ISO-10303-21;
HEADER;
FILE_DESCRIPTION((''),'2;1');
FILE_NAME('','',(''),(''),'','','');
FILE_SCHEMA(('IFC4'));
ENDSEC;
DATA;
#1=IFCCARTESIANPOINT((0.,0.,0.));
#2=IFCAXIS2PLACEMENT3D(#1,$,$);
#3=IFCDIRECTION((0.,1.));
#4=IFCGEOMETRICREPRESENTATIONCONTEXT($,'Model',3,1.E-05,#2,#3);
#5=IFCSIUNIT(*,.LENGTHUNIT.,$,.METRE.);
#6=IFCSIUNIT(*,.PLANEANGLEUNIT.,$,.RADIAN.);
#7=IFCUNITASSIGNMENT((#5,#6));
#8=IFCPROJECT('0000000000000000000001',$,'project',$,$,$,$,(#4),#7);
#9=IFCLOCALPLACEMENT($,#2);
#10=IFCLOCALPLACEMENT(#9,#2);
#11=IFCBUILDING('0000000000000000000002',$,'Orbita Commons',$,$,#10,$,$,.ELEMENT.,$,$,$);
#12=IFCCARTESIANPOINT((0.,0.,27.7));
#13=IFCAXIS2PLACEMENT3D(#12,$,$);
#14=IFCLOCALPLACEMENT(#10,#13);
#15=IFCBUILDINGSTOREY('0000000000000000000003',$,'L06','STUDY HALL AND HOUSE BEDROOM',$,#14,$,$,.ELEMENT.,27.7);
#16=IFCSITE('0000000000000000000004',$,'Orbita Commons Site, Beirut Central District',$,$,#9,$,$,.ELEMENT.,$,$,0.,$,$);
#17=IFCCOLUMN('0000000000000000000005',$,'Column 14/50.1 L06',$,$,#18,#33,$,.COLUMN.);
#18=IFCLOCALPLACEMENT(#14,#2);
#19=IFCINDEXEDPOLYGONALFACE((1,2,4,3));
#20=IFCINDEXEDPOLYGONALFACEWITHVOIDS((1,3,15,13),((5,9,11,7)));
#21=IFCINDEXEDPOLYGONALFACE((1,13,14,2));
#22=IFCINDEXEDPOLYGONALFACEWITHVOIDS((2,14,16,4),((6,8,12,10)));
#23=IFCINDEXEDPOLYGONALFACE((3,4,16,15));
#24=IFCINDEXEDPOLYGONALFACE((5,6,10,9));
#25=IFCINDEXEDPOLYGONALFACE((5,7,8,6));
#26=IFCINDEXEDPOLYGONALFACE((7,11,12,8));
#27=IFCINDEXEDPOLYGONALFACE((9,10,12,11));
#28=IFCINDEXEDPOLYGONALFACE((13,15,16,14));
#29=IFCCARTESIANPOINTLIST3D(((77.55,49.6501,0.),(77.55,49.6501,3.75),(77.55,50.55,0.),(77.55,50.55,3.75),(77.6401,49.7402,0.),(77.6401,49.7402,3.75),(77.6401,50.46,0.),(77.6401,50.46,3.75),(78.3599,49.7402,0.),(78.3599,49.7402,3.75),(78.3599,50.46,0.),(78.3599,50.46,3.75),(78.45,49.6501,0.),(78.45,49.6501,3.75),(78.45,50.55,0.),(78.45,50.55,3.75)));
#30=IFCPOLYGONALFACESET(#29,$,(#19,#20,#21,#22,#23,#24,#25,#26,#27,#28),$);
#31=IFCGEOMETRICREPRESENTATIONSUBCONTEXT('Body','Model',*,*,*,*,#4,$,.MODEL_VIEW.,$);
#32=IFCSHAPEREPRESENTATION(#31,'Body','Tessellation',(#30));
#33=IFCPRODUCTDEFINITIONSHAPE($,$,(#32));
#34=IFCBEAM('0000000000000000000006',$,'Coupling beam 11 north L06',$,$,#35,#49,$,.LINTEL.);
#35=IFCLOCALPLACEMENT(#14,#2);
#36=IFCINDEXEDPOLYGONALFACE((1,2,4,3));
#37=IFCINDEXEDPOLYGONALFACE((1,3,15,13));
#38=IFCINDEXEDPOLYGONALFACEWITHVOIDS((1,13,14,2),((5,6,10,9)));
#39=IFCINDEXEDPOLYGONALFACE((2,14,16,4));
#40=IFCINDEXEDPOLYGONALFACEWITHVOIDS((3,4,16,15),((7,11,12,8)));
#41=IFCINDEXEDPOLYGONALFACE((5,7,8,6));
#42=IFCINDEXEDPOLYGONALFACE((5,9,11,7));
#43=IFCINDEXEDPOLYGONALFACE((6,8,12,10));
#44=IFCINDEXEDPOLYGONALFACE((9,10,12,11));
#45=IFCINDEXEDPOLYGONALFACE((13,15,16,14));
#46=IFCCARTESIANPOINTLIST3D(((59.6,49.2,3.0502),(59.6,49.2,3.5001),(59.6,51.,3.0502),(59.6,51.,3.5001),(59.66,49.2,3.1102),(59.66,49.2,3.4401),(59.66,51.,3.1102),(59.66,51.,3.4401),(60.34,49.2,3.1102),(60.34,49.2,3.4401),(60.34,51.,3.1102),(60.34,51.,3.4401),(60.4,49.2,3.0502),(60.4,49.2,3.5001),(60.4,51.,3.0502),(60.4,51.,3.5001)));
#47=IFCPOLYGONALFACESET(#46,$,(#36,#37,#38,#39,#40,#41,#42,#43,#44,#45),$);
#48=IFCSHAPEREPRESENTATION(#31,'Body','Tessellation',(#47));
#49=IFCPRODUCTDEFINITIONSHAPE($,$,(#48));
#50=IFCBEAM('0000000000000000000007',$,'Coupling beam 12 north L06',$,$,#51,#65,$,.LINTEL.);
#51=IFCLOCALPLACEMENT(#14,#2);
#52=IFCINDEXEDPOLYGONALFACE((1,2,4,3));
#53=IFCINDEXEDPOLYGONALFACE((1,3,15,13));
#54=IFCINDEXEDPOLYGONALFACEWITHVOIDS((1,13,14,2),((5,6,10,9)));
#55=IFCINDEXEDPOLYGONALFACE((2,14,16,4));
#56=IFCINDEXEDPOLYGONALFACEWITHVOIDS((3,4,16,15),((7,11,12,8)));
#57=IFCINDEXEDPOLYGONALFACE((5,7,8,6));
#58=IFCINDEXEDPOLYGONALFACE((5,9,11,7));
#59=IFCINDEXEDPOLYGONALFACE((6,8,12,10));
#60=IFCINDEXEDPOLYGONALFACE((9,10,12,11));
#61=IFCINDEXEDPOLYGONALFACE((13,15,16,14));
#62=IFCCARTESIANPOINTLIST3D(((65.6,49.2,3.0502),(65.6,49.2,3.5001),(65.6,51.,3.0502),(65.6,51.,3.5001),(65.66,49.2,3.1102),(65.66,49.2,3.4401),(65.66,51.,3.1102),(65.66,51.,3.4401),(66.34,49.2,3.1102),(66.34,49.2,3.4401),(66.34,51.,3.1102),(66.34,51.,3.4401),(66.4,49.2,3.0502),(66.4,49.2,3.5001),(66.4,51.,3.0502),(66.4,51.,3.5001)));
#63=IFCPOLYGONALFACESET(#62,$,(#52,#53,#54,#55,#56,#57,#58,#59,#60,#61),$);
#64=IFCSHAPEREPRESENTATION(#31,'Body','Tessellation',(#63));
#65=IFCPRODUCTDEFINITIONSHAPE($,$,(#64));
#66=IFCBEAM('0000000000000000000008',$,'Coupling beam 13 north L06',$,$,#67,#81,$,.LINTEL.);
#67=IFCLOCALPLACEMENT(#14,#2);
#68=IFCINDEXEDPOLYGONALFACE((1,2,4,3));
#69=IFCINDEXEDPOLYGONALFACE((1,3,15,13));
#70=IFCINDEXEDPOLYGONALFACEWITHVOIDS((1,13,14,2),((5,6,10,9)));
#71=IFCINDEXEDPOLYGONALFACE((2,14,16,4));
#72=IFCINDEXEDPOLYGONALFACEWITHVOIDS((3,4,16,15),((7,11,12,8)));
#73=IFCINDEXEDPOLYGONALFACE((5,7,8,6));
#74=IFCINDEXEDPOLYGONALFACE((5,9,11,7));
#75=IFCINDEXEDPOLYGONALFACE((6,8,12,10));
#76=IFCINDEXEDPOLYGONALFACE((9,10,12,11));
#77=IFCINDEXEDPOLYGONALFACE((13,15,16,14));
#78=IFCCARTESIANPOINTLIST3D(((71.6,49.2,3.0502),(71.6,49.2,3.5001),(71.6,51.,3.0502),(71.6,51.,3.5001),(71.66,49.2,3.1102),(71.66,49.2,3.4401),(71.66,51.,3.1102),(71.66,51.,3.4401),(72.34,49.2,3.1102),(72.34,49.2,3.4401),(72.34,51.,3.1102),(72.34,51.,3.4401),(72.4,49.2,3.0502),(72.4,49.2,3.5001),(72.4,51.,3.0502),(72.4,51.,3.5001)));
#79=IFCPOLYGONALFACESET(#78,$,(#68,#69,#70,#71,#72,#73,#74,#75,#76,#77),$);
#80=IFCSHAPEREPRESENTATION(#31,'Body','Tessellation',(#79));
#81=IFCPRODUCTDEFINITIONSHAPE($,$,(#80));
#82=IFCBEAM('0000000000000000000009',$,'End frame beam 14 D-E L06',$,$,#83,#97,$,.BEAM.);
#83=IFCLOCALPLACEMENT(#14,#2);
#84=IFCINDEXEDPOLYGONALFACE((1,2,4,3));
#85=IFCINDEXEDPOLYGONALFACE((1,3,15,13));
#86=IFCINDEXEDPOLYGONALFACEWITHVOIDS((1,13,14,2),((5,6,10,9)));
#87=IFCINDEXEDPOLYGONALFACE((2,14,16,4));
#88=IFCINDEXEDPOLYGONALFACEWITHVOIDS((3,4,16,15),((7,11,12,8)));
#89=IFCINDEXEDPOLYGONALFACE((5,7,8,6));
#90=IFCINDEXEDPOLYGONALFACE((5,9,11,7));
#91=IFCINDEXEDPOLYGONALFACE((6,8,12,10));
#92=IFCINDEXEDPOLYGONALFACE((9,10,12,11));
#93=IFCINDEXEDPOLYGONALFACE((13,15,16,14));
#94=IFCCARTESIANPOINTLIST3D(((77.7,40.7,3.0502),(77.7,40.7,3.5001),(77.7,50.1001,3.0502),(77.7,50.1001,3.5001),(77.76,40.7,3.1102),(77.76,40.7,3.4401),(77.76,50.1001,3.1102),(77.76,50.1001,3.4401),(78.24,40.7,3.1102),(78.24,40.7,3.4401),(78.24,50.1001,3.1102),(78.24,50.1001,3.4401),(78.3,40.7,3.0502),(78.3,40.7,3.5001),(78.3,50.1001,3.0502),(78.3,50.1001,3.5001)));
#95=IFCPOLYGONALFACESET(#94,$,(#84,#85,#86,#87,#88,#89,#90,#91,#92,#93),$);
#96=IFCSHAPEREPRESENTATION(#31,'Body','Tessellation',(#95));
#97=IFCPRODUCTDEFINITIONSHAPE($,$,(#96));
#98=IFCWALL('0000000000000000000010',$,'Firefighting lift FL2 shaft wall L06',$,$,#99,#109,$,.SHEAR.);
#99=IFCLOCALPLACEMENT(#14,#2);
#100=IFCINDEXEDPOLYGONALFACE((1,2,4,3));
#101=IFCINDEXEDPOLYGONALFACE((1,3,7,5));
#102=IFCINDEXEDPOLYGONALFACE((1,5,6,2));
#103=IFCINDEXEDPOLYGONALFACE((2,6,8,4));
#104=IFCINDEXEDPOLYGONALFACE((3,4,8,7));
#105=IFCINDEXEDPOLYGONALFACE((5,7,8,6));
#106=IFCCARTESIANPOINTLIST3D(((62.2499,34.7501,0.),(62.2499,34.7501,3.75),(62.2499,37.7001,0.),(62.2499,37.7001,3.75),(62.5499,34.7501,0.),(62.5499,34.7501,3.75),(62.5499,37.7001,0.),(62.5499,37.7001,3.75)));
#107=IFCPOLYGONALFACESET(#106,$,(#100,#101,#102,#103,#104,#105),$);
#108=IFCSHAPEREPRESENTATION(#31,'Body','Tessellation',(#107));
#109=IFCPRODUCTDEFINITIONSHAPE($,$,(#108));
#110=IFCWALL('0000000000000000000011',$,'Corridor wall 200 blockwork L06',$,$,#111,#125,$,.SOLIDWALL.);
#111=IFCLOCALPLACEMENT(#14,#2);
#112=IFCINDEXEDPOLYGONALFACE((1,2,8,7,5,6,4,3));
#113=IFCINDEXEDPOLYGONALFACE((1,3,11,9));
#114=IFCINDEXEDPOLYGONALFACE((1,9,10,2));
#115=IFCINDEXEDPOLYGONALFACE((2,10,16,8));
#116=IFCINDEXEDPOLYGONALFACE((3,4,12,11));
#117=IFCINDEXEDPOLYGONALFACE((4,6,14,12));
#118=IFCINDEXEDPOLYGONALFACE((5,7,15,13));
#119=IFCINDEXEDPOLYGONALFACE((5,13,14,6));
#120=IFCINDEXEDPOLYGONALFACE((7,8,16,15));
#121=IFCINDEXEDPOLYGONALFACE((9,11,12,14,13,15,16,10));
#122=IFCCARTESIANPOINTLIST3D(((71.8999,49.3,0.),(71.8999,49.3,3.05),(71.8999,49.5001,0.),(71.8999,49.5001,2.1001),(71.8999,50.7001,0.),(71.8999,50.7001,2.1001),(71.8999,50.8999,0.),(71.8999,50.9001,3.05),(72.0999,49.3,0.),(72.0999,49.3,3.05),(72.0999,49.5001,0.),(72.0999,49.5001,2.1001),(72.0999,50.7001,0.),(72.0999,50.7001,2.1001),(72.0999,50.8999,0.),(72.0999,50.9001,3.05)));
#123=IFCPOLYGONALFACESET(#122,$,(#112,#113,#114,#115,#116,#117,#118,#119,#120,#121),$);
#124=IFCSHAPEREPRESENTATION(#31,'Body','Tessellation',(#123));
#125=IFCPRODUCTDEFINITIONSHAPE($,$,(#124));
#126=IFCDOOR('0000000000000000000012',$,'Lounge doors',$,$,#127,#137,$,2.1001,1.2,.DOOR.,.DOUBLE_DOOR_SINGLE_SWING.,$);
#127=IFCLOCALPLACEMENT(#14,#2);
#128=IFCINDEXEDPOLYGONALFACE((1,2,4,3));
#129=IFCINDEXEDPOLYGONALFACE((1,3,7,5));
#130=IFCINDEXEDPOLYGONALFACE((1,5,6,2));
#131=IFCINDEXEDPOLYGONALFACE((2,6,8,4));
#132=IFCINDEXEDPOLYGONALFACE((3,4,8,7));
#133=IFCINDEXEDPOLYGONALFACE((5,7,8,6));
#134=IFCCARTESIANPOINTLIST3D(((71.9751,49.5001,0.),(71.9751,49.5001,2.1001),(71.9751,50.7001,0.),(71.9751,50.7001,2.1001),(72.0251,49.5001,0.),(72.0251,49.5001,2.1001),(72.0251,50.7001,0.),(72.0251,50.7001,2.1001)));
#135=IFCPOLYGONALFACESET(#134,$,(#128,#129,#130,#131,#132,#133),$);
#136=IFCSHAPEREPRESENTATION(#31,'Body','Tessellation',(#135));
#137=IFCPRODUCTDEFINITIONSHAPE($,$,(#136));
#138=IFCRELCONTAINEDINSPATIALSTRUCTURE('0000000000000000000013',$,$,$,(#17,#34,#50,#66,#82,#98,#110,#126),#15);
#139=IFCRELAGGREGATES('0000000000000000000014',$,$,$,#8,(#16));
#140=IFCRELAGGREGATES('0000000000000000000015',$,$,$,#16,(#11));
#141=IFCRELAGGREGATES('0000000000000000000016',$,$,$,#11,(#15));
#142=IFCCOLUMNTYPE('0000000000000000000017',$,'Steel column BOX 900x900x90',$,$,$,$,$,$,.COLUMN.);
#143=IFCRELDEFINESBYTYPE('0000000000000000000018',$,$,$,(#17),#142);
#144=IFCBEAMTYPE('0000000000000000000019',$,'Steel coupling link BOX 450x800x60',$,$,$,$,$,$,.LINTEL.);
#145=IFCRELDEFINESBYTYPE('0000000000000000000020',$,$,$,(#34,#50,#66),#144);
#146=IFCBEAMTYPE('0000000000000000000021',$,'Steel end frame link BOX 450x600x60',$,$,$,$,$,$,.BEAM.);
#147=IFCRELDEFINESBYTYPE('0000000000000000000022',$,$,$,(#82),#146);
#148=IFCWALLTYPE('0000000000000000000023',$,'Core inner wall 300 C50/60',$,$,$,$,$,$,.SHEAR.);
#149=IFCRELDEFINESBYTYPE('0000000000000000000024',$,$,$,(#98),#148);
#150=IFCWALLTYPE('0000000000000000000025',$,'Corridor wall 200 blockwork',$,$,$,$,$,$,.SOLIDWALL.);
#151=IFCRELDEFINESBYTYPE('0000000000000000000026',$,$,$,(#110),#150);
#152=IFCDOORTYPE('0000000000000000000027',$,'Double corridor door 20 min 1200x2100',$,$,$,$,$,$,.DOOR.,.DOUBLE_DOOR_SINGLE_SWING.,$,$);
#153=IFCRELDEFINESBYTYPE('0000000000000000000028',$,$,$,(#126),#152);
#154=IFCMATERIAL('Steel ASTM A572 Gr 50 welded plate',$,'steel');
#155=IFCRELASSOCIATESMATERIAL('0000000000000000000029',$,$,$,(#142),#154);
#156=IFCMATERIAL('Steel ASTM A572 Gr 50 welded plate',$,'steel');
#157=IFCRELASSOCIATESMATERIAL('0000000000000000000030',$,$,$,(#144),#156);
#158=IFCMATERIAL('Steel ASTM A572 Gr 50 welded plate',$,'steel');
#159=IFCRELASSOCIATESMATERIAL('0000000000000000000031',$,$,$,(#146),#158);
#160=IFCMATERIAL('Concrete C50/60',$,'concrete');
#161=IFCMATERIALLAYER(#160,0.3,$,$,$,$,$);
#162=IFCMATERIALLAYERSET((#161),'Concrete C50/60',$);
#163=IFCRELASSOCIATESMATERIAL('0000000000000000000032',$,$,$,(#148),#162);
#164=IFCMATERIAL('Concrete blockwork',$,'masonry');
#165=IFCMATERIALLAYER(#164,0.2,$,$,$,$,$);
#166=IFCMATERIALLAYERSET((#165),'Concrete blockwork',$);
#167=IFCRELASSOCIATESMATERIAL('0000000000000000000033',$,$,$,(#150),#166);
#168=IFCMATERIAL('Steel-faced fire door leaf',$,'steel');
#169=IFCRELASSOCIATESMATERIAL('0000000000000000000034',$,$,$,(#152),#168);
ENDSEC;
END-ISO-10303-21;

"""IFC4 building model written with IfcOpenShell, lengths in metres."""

from ifc_helpers import new_model, si_unit, direction, frame, frame_2d, origin, origin_2d, place, context, subcontext, project, spatial, polyline, rectangle, hollow_rectangle, outline, extrude, material, layer, layer_set, material_profile, profile_set, type_object, element, fill, save


model = new_model("IFC4")

# Units and contexts
model_context = context("Model", 3, precision=1e-05, world=origin(), true_north=direction((0.0, 1.0)))
body_context = subcontext(model_context, "Body", "Model", "MODEL_VIEW")
ifc_project = project(units=[si_unit("LENGTHUNIT", "METRE"), si_unit("PLANEANGLEUNIT", "RADIAN")], contexts=[model_context])

# Site, building, storey
site_placement = place(None, origin())
site = spatial("IfcSite", under=ifc_project, at=site_placement, Name="Orbita Commons Site, Beirut Central District", CompositionType="ELEMENT", RefElevation=0.0)
building_placement = place(site_placement, origin())
building = spatial("IfcBuilding", under=site, at=building_placement, Name="Orbita Commons", CompositionType="ELEMENT")
storey_placement = place(building_placement, frame((0.0, 0.0, 27.7)))
storey = spatial("IfcBuildingStorey", under=building, at=storey_placement, Name="L06", Description="STUDY HALL AND HOUSE BEDROOM", CompositionType="ELEMENT", Elevation=27.7)

# Column
ifc_material_1 = material(Name="Steel ASTM A572 Gr 50 welded plate", Category="steel")
ifc_material_profile_1 = material_profile(ifc_material_1, hollow_rectangle(XDim=0.8999, YDim=0.8999, WallThickness=0.0901, at=origin_2d()), Name="BOX 900x900x90")
ifc_profile_set_1 = profile_set([ifc_material_profile_1], Name="Steel ASTM A572 Gr 50 welded plate")
column_type = type_object("IfcColumnType", Name="Steel column BOX 900x900x90", PredefinedType="COLUMN", material=ifc_profile_set_1)
column_placement = place(storey_placement, frame((78.0, 50.1001, 0.0), z_axis=(0.0, 0.0, 1.0), x_axis=(1.0, 0.0, 0.0)))
element("IfcColumn", 1, at=column_placement, inside=storey, type_object=column_type, Name="Column 14/50.1 L06", PredefinedType="COLUMN", context=body_context, shape_type="SweptSolid", body=[
    extrude(hollow_rectangle(XDim=0.8999, YDim=0.8999, WallThickness=0.0901, at=origin_2d()), origin(), (0.0, 0.0, 1.0), 3.75),
])

# Beams
ifc_material_2 = material(Name="Steel ASTM A572 Gr 50 welded plate", Category="steel")
ifc_material_profile_2 = material_profile(ifc_material_2, hollow_rectangle(XDim=0.8, YDim=0.45, WallThickness=0.0601, at=origin_2d()), Name="BOX 450x800x60")
ifc_profile_set_2 = profile_set([ifc_material_profile_2], Name="Steel ASTM A572 Gr 50 welded plate")
beam_type_1 = type_object("IfcBeamType", Name="Steel coupling link BOX 450x800x60", PredefinedType="LINTEL", material=ifc_profile_set_2)
for number, where, z_axis, x_axis, name in (
    (2, (60.0, 49.2, 3.2751), (0.0, 1.0, 0.0), (-1.0, 0.0, 0.0), "Coupling beam 11 north L06"),
    (3, (66.0, 49.2, 3.2751), (0.0, 1.0, 0.0), (-1.0, 0.0, 0.0), "Coupling beam 12 north L06"),
    (4, (72.0, 49.2, 3.2751), (0.0, 1.0, 0.0), (-1.0, 0.0, 0.0), "Coupling beam 13 north L06"),
):
    element("IfcBeam", number, at=place(storey_placement, frame(where, z_axis=z_axis, x_axis=x_axis)), inside=storey, type_object=beam_type_1, Name=name, PredefinedType="LINTEL", context=body_context, shape_type="SweptSolid", body=[
        extrude(hollow_rectangle(XDim=0.8, YDim=0.45, WallThickness=0.0601, at=origin_2d()), origin(), (0.0, 0.0, 1.0), 1.8),
    ])
ifc_material_3 = material(Name="Steel ASTM A572 Gr 50 welded plate", Category="steel")
ifc_material_profile_3 = material_profile(ifc_material_3, hollow_rectangle(XDim=0.6001, YDim=0.45, WallThickness=0.0601, at=origin_2d()), Name="BOX 450x600x60")
ifc_profile_set_3 = profile_set([ifc_material_profile_3], Name="Steel ASTM A572 Gr 50 welded plate")
beam_type_2 = type_object("IfcBeamType", Name="Steel end frame link BOX 450x600x60", PredefinedType="BEAM", material=ifc_profile_set_3)
beam_placement = place(storey_placement, frame((78.0, 40.7, 3.2751), z_axis=(0.0, 1.0, 0.0), x_axis=(-1.0, 0.0, 0.0)))
element("IfcBeam", 5, at=beam_placement, inside=storey, type_object=beam_type_2, Name="End frame beam 14 D-E L06", PredefinedType="BEAM", context=body_context, shape_type="SweptSolid", body=[
    extrude(hollow_rectangle(XDim=0.6001, YDim=0.45, WallThickness=0.0601, at=origin_2d()), origin(), (0.0, 0.0, 1.0), 9.4001),
])

# Wall
ifc_material_4 = material(Name="Concrete C50/60", Category="concrete")
ifc_layer_1 = layer(ifc_material_4, 0.3)
ifc_layer_set_1 = layer_set([ifc_layer_1], Name="Concrete C50/60")
wall_type_1 = type_object("IfcWallType", Name="Core inner wall 300 C50/60", PredefinedType="SHEAR", material=ifc_layer_set_1)
wall_1_placement = place(storey_placement, frame((62.3999, 34.75, 0.0), z_axis=(0.0, 0.0, 1.0), x_axis=(0.0, 1.0, 0.0)))
element("IfcWall", 6, at=wall_1_placement, inside=storey, type_object=wall_type_1, Name="Firefighting lift FL2 shaft wall L06", PredefinedType="SHEAR", context=body_context, shape_type="SweptSolid", body=[
    extrude(rectangle(XDim=2.95, YDim=0.3, at=frame_2d((1.4751, 0.0))), origin(), (0.0, 0.0, 1.0), 3.75),
])

# Wall, opening, door
ifc_material_5 = material(Name="Concrete blockwork", Category="masonry")
ifc_layer_2 = layer(ifc_material_5, 0.2)
ifc_layer_set_2 = layer_set([ifc_layer_2], Name="Concrete blockwork")
wall_type_2 = type_object("IfcWallType", Name="Corridor wall 200 blockwork", PredefinedType="SOLIDWALL", material=ifc_layer_set_2)
wall_2_placement = place(storey_placement, frame((72.0, 49.3, 0.0), z_axis=(0.0, 0.0, 1.0), x_axis=(0.0, 1.0, 0.0)))
wall_2 = element("IfcWall", 7, at=wall_2_placement, inside=storey, type_object=wall_type_2, Name="Corridor wall 200 blockwork L06", PredefinedType="SOLIDWALL", context=body_context, shape_type="SweptSolid", body=[
    extrude(outline(polyline([(0.0, 0.0), (1.5999, 0.0), (1.6001, 3.05), (0.0, 3.05), (0.0, 0.0)])), frame((0.0, 0.1001, 0.0), z_axis=(0.0, -1.0, 0.0), x_axis=(1.0, 0.0, 0.0)), (0.0, 0.0, 1.0), 0.2),
])
opening_1_placement = place(wall_2_placement, frame((0.2, 0.0, 0.0)))
opening_1 = element("IfcOpeningElement", 8, at=opening_1_placement, cuts=wall_2, PredefinedType="OPENING", context=body_context, shape_type="SweptSolid", body=[
    extrude(rectangle(XDim=1.2, YDim=2.1001, at=frame_2d((0.6001, 1.05))), frame((0.0, 0.1099, 0.0), z_axis=(0.0, -1.0, 0.0), x_axis=(1.0, 0.0, 0.0)), (0.0, 0.0, 1.0), 0.22),
])
ifc_material_6 = material(Name="Steel-faced fire door leaf", Category="steel")
door_type_1 = type_object("IfcDoorType", Name="Double corridor door 20 min 1200x2100", OperationType="DOUBLE_DOOR_SINGLE_SWING", PredefinedType="DOOR", material=ifc_material_6)
door_1_placement = place(opening_1_placement, origin())
door_1 = element("IfcDoor", 9, at=door_1_placement, inside=storey, type_object=door_type_1, Name="Lounge doors", OperationType="DOUBLE_DOOR_SINGLE_SWING", OverallHeight=2.1001, OverallWidth=1.2, PredefinedType="DOOR", context=body_context, shape_type="SweptSolid", body=[
    extrude(rectangle(XDim=1.2, YDim=2.1001, at=frame_2d((0.6001, 1.05))), frame((0.0, 0.0249, 0.0), z_axis=(0.0, -1.0, 0.0), x_axis=(1.0, 0.0, 0.0)), (0.0, 0.0, 1.0), 0.05),
])
fill(opening_1, door_1)

save(model, "model.ifc")
